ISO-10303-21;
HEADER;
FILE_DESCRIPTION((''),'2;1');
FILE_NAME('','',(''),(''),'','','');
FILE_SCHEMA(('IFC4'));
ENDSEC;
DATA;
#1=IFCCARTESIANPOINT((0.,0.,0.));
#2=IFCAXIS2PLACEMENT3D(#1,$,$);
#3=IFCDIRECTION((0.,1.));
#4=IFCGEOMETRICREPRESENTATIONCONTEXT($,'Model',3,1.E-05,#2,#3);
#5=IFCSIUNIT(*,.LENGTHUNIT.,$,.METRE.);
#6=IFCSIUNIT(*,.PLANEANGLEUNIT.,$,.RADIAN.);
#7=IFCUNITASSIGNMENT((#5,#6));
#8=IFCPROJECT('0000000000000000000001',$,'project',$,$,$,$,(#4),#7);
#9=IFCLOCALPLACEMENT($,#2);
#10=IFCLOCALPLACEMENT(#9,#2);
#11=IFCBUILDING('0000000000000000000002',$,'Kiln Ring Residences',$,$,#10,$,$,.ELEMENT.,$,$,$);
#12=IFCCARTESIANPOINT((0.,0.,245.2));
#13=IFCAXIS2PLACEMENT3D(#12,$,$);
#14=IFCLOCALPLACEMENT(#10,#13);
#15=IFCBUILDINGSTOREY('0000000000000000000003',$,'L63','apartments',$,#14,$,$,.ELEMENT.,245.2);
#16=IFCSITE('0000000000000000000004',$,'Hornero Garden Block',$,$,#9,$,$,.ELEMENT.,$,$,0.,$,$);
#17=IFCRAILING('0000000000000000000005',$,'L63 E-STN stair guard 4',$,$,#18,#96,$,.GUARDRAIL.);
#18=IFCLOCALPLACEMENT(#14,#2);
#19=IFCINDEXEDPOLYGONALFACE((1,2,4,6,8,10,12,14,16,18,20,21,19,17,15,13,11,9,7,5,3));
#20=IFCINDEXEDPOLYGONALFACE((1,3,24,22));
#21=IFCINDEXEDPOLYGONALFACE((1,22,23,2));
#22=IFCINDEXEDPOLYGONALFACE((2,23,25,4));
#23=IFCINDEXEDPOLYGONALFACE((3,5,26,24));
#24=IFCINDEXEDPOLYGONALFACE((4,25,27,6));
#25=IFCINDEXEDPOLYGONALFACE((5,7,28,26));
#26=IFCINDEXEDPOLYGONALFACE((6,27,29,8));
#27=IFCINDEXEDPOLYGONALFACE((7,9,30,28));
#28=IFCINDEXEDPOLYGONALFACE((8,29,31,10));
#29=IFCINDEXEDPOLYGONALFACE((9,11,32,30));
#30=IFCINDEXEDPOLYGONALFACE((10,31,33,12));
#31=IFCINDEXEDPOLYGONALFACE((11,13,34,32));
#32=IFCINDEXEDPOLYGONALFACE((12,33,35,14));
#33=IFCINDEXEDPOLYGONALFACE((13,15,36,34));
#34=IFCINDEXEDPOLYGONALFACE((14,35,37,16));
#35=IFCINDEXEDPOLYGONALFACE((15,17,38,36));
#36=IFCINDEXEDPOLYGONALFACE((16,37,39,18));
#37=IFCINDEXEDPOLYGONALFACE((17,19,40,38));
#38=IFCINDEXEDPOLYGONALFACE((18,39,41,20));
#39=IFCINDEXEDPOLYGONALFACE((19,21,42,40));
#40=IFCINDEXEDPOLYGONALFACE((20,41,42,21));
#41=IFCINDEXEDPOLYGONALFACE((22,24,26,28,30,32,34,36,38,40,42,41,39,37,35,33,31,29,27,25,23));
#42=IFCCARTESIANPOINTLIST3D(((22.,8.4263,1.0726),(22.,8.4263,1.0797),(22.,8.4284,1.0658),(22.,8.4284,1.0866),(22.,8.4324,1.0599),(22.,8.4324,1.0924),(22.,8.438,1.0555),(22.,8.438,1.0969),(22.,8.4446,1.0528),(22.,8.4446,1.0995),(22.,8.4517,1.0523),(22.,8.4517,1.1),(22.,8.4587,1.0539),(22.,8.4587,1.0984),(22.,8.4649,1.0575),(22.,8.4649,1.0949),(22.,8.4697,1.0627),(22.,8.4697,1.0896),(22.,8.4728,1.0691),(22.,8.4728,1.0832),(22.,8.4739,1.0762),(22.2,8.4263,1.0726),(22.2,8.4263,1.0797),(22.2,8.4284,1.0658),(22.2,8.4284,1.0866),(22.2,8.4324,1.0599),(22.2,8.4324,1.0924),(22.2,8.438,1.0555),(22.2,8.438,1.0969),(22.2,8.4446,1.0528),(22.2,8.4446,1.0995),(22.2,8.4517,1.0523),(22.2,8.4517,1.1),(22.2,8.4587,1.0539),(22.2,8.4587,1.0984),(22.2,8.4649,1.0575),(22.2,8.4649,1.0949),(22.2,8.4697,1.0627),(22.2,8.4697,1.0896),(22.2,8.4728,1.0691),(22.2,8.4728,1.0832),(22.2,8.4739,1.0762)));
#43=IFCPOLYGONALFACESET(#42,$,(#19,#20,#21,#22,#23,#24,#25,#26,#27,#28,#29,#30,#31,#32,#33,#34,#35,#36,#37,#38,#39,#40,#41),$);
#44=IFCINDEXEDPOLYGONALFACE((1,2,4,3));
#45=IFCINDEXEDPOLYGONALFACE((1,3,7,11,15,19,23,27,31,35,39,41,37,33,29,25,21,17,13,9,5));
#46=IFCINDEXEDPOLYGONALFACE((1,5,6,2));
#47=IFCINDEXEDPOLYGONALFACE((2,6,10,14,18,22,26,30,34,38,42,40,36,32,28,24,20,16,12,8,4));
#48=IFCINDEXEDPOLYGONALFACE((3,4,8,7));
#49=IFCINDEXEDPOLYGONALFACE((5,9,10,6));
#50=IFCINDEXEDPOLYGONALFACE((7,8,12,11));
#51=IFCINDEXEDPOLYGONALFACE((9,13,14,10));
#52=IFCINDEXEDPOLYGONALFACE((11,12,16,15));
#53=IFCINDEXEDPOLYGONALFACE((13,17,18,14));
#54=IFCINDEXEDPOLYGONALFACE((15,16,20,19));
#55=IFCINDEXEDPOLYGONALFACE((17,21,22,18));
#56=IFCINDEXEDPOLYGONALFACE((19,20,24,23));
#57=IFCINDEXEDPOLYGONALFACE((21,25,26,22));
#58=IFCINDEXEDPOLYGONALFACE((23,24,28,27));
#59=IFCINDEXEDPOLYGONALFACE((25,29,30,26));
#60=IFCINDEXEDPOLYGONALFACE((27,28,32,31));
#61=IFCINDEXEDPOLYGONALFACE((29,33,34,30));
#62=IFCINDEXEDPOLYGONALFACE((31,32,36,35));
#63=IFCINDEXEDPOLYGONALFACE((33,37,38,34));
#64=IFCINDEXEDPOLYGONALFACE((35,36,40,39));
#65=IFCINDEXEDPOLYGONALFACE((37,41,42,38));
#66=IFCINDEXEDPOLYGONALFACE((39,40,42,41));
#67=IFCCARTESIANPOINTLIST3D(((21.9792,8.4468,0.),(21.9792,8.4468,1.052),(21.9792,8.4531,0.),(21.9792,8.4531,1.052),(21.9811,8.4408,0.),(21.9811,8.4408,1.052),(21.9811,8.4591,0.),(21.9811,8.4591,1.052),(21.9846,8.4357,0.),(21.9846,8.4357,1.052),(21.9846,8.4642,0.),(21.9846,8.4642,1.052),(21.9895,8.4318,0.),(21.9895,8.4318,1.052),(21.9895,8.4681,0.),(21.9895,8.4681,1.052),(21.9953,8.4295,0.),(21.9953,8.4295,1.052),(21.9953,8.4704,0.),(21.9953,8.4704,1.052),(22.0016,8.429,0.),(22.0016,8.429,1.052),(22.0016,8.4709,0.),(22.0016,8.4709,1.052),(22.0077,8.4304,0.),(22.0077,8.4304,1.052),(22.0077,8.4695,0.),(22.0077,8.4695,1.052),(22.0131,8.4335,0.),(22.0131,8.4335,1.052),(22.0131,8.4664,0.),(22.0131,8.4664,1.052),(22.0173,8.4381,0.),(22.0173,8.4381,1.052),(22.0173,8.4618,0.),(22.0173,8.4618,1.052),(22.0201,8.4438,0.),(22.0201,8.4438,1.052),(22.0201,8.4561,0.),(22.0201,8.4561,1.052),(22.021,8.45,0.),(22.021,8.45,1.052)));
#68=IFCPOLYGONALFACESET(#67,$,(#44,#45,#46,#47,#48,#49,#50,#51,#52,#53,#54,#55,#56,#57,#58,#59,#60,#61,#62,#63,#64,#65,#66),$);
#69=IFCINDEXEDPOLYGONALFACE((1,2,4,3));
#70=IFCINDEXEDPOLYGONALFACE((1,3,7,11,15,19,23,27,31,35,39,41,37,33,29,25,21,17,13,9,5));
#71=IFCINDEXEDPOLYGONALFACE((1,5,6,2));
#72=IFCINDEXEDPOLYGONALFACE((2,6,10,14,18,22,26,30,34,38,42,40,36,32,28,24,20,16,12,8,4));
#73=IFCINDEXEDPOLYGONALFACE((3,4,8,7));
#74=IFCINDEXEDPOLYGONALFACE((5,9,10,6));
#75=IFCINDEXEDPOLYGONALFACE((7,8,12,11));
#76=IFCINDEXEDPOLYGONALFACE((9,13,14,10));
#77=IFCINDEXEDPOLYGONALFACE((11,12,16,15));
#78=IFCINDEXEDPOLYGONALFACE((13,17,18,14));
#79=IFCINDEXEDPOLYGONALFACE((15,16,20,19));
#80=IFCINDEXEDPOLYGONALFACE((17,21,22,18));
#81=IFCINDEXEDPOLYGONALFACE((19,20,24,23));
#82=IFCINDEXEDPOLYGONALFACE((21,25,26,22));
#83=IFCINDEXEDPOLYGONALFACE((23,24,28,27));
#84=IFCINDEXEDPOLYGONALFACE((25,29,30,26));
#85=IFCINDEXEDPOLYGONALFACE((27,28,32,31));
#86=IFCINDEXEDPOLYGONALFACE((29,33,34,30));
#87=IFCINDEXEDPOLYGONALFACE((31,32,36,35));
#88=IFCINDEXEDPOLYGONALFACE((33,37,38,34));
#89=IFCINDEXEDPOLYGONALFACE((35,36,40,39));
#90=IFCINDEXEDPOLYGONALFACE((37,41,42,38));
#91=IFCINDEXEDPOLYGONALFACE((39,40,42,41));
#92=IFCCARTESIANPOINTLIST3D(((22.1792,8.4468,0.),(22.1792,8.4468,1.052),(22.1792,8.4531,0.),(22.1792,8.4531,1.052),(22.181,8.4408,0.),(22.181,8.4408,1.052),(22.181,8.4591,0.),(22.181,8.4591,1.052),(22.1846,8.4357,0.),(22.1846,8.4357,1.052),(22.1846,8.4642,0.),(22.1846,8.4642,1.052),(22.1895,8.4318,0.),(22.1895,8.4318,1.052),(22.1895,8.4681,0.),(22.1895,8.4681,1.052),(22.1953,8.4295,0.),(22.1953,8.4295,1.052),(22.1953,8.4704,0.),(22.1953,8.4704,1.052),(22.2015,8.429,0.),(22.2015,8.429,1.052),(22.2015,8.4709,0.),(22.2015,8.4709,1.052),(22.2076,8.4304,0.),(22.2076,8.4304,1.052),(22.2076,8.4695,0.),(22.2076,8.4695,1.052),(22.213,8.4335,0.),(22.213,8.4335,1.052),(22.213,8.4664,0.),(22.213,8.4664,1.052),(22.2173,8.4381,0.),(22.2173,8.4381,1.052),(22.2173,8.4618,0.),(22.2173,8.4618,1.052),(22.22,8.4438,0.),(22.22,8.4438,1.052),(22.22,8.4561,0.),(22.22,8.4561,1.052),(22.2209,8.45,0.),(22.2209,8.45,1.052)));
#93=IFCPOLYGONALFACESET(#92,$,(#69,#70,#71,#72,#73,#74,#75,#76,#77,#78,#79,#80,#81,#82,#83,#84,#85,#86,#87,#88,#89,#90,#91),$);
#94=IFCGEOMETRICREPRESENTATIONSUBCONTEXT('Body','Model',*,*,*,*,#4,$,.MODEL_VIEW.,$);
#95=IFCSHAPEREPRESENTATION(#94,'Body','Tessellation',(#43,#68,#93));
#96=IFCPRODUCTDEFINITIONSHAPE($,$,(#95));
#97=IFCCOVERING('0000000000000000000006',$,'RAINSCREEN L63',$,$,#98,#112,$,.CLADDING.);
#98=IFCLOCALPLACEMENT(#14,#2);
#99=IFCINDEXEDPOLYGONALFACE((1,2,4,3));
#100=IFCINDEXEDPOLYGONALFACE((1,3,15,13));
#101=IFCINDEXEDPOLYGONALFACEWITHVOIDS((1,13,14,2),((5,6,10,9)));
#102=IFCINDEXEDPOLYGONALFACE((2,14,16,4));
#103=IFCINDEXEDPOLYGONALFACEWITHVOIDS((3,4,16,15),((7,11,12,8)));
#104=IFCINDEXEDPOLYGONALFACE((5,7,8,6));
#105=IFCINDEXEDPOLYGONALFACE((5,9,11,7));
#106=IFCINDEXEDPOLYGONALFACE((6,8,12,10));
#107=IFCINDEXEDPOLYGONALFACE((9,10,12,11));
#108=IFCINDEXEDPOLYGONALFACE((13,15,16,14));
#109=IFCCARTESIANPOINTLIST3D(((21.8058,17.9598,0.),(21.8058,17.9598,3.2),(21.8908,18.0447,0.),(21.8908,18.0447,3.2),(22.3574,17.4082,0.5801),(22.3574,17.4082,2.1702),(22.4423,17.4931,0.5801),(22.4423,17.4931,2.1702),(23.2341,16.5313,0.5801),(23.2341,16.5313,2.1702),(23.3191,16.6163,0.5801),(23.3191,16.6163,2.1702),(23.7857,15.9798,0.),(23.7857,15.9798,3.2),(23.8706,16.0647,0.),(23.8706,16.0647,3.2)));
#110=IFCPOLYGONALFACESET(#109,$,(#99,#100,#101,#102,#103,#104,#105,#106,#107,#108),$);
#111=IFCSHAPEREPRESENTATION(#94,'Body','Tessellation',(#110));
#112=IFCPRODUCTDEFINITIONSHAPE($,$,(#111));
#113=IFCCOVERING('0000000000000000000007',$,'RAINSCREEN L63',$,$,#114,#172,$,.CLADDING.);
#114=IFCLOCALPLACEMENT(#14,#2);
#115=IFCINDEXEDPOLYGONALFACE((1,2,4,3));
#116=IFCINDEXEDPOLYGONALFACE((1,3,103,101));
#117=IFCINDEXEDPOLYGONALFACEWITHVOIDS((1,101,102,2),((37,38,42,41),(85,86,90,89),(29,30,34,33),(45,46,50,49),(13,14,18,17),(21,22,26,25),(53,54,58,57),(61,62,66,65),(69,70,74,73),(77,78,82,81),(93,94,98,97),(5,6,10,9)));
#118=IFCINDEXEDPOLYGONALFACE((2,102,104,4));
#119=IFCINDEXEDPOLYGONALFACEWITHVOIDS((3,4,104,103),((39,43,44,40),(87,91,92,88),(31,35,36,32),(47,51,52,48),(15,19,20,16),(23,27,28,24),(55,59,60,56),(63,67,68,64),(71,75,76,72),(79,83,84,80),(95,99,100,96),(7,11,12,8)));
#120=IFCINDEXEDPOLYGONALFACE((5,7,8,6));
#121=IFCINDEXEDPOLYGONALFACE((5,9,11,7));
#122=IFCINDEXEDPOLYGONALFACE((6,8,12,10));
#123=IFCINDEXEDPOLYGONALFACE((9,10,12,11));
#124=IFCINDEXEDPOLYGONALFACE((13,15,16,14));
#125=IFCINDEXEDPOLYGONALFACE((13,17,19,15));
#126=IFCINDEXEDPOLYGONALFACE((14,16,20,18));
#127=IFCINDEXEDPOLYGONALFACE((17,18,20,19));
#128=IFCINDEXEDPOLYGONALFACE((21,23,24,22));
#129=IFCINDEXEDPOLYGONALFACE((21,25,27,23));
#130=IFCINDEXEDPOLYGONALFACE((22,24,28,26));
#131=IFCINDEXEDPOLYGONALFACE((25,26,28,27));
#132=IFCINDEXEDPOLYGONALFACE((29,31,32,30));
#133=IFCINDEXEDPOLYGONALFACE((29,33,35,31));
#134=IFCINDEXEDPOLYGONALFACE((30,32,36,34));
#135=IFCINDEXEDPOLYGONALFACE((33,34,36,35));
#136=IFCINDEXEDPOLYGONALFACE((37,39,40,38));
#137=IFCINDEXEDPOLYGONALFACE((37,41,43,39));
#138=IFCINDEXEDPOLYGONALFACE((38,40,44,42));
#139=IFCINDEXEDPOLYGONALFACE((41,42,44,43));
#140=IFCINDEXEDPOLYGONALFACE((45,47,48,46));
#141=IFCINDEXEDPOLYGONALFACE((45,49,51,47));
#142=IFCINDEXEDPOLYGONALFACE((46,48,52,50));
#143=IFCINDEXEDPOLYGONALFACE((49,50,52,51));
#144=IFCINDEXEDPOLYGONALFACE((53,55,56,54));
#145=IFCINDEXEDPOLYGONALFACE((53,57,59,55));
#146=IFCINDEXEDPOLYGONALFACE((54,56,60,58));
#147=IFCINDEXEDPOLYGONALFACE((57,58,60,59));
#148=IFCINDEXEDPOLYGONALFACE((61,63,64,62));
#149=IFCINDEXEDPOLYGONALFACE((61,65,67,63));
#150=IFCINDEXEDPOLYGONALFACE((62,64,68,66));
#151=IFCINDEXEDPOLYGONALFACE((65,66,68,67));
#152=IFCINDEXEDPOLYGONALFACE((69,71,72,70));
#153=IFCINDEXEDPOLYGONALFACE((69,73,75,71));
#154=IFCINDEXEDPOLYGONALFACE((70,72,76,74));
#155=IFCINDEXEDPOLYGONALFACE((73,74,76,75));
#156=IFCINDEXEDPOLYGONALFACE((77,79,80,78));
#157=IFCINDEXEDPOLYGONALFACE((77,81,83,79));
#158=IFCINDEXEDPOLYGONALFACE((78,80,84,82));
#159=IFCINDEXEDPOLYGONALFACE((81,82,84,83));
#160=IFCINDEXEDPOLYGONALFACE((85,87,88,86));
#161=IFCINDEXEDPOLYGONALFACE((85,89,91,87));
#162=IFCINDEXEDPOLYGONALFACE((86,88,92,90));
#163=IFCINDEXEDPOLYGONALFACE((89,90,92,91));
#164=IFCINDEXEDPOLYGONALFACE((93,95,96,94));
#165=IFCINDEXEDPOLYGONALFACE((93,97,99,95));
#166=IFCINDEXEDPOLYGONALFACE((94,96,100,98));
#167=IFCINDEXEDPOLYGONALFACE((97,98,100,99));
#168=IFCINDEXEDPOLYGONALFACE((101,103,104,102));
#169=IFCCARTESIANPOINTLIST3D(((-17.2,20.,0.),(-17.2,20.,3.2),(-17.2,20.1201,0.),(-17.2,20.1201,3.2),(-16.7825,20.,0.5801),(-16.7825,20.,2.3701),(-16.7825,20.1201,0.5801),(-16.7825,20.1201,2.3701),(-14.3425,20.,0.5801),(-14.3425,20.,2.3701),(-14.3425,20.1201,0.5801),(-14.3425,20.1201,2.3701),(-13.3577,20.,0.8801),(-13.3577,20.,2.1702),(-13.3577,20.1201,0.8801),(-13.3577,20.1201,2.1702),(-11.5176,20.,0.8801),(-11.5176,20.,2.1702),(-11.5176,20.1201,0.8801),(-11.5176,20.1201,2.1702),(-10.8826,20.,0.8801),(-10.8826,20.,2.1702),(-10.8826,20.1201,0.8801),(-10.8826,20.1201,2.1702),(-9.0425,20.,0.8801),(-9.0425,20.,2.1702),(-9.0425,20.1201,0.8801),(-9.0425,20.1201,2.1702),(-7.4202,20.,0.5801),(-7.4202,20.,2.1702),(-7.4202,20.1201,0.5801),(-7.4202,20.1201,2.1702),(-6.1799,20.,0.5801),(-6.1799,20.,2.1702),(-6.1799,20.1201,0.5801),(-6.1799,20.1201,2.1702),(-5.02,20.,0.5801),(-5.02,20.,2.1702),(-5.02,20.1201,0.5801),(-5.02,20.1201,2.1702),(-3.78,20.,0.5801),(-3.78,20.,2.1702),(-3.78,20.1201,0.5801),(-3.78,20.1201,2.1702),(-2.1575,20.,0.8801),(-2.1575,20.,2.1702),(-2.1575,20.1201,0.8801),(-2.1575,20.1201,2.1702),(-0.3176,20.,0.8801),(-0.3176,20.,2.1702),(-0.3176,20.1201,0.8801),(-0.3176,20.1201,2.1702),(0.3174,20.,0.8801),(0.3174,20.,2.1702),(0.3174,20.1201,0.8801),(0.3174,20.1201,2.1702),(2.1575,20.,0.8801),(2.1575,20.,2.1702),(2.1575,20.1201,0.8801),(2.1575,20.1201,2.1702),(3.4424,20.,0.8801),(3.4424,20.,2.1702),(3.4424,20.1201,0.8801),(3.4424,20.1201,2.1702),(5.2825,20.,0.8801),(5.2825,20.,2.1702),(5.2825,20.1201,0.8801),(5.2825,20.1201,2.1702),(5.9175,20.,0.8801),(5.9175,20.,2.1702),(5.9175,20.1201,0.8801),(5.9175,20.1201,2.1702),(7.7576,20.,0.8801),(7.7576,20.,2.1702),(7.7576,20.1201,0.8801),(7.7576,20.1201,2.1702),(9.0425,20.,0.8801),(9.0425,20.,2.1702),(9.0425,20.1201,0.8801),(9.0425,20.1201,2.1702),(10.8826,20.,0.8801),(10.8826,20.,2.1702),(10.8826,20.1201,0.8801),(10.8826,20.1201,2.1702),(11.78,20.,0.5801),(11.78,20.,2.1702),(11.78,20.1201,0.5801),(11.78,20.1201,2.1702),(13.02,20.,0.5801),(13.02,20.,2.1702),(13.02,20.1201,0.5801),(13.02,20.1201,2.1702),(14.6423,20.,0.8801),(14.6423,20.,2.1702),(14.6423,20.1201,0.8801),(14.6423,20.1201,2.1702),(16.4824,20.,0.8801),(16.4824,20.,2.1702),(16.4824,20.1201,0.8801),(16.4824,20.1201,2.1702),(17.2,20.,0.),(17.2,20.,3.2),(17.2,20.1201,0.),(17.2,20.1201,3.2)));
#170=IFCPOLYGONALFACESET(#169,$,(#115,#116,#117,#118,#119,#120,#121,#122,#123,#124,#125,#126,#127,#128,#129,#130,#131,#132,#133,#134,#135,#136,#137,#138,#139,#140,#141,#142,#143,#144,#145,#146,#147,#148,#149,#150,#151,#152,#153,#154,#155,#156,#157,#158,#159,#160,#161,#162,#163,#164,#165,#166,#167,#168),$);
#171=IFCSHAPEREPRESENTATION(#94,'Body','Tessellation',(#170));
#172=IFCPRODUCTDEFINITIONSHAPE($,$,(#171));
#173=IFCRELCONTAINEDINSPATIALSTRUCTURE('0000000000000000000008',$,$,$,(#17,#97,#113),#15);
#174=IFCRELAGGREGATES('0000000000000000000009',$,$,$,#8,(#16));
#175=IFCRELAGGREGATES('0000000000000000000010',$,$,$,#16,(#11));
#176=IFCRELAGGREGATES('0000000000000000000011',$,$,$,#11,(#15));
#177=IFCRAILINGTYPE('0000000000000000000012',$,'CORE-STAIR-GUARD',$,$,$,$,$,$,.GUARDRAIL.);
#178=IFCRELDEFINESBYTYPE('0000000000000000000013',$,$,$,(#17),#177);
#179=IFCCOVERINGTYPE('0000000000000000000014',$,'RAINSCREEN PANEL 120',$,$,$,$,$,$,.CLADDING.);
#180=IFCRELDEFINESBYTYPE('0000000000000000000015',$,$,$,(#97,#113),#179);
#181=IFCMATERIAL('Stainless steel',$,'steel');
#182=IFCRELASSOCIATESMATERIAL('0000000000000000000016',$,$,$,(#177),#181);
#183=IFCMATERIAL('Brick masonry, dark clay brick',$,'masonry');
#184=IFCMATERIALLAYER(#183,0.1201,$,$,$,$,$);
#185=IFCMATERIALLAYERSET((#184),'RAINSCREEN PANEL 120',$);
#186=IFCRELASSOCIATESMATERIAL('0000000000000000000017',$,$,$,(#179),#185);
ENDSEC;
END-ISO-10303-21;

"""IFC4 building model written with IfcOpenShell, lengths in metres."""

from ifc_helpers import new_model, si_unit, direction, frame, origin, origin_2d, place, context, subcontext, project, spatial, polyline, circle, outline, extrude, material, layer, layer_set, type_object, element, save


model = new_model("IFC4")

# Units and contexts
model_context = context("Model", 3, precision=1e-05, world=origin(), true_north=direction((0.0, 1.0)))
body_context = subcontext(model_context, "Body", "Model", "MODEL_VIEW")
ifc_project = project(units=[si_unit("LENGTHUNIT", "METRE"), si_unit("PLANEANGLEUNIT", "RADIAN")], contexts=[model_context])

# Site, building, storey
site_placement = place(None, origin())
site = spatial("IfcSite", under=ifc_project, at=site_placement, Name="Hornero Garden Block", CompositionType="ELEMENT", RefElevation=0.0)
building_placement = place(site_placement, origin())
building = spatial("IfcBuilding", under=site, at=building_placement, Name="Kiln Ring Residences", CompositionType="ELEMENT")
storey_placement = place(building_placement, frame((0.0, 0.0, 245.2)))
storey = spatial("IfcBuildingStorey", under=building, at=storey_placement, Name="L63", Description="apartments", CompositionType="ELEMENT", Elevation=245.2)

# Railing
ifc_material_1 = material(Name="Stainless steel", Category="steel")
railing_type = type_object("IfcRailingType", Name="CORE-STAIR-GUARD", PredefinedType="GUARDRAIL", material=ifc_material_1)
railing_placement = place(storey_placement, frame((22.0, 8.45, 0.0)))
element("IfcRailing", 1, at=railing_placement, inside=storey, type_object=railing_type, Name="L63 E-STN stair guard 4", PredefinedType="GUARDRAIL", context=body_context, shape_type="SweptSolid", body=[
    extrude(circle(Radius=0.0239, at=origin_2d()), frame((0.0, 0.0, 1.0762), z_axis=(1.0, 0.0, 0.0), x_axis=(0.0, 1.0, 0.0)), (0.0, 0.0, 1.0), 0.2),
    extrude(circle(Radius=0.021, at=origin_2d()), origin(), (0.0, 0.0, 1.0), 1.052),
    extrude(circle(Radius=0.021, at=origin_2d()), frame((0.2, 0.0, 0.0)), (0.0, 0.0, 1.0), 1.052),
])

# Coverings
ifc_material_2 = material(Name="Brick masonry, dark clay brick", Category="masonry")
ifc_layer_1 = layer(ifc_material_2, 0.1201)
ifc_layer_set_1 = layer_set([ifc_layer_1], Name="RAINSCREEN PANEL 120")
covering_type = type_object("IfcCoveringType", Name="RAINSCREEN PANEL 120", PredefinedType="CLADDING", material=ifc_layer_set_1)
covering_1_placement = place(storey_placement, frame((23.8281, 16.0222, 0.0), z_axis=(0.0, 0.0, 1.0), x_axis=(-0.707063, 0.70715, 0.0)))
element("IfcCovering", 2, at=covering_1_placement, inside=storey, type_object=covering_type, Name="RAINSCREEN L63", PredefinedType="CLADDING", context=body_context, shape_type="SweptSolid", body=[
    extrude(outline(polyline([(0.0, 0.0), (2.8, 0.0), (2.8, 3.2), (0.0, 3.2), (0.0, 0.0)]), holes=[polyline([(0.78, 2.1702), (0.78, 0.5801), (2.02, 0.5801), (2.02, 2.1702), (0.78, 2.1702)])]), frame((0.0, 0.0601, 0.0), z_axis=(0.0, -1.0, 0.0), x_axis=(1.0, 0.0, 0.0)), (0.0, 0.0, 1.0), 0.1201),
])
covering_2_placement = place(storey_placement, frame((17.2, 20.0601, 0.0), z_axis=(0.0, 0.0, 1.0), x_axis=(-1.0, 0.0, 0.0)))
element("IfcCovering", 3, at=covering_2_placement, inside=storey, type_object=covering_type, Name="RAINSCREEN L63", PredefinedType="CLADDING", context=body_context, shape_type="SweptSolid", body=[
    extrude(outline(polyline([(0.0, 0.0), (34.3999, 0.0), (34.3999, 3.2), (0.0, 3.2), (0.0, 0.0)]), holes=[polyline([(4.1799, 0.5801), (5.4199, 0.5801), (5.4199, 2.1702), (4.1799, 2.1702), (4.1799, 0.5801)]), polyline([(0.7175, 2.1702), (0.7175, 0.8801), (2.5576, 0.8801), (2.5576, 2.1702), (0.7175, 2.1702)]), polyline([(6.3174, 2.1702), (6.3174, 0.8801), (8.1575, 0.8801), (8.1575, 2.1702), (6.3174, 2.1702)]), polyline([(9.4424, 0.8801), (11.2825, 0.8801), (11.2825, 2.1702), (9.4424, 2.1702), (9.4424, 0.8801)]), polyline([(11.9175, 2.1702), (11.9175, 0.8801), (13.7576, 0.8801), (13.7576, 2.1702), (11.9175, 2.1702)]), polyline([(15.0425, 2.1702), (15.0425, 0.8801), (16.8826, 0.8801), (16.8826, 2.1702), (15.0425, 2.1702)]), polyline([(20.98, 0.5801), (22.22, 0.5801), (22.22, 2.1702), (20.98, 2.1702), (20.98, 0.5801)]), polyline([(23.3799, 2.1702), (23.3799, 0.5801), (24.6201, 0.5801), (24.6201, 2.1702), (23.3799, 2.1702)]), polyline([(31.5425, 2.3701), (31.5425, 0.5801), (33.9824, 0.5801), (33.9824, 2.3701), (31.5425, 2.3701)]), polyline([(17.5176, 0.8801), (19.3574, 0.8801), (19.3574, 2.1702), (17.5176, 2.1702), (17.5176, 0.8801)]), polyline([(26.2424, 2.1702), (26.2424, 0.8801), (28.0825, 0.8801), (28.0825, 2.1702), (26.2424, 2.1702)]), polyline([(28.7175, 2.1702), (28.7175, 0.8801), (30.5576, 0.8801), (30.5576, 2.1702), (28.7175, 2.1702)])]), frame((0.0, 0.0601, 0.0), z_axis=(0.0, -1.0, 0.0), x_axis=(1.0, 0.0, 0.0)), (0.0, 0.0, 1.0), 0.1201),
])

save(model, "model.ifc")
